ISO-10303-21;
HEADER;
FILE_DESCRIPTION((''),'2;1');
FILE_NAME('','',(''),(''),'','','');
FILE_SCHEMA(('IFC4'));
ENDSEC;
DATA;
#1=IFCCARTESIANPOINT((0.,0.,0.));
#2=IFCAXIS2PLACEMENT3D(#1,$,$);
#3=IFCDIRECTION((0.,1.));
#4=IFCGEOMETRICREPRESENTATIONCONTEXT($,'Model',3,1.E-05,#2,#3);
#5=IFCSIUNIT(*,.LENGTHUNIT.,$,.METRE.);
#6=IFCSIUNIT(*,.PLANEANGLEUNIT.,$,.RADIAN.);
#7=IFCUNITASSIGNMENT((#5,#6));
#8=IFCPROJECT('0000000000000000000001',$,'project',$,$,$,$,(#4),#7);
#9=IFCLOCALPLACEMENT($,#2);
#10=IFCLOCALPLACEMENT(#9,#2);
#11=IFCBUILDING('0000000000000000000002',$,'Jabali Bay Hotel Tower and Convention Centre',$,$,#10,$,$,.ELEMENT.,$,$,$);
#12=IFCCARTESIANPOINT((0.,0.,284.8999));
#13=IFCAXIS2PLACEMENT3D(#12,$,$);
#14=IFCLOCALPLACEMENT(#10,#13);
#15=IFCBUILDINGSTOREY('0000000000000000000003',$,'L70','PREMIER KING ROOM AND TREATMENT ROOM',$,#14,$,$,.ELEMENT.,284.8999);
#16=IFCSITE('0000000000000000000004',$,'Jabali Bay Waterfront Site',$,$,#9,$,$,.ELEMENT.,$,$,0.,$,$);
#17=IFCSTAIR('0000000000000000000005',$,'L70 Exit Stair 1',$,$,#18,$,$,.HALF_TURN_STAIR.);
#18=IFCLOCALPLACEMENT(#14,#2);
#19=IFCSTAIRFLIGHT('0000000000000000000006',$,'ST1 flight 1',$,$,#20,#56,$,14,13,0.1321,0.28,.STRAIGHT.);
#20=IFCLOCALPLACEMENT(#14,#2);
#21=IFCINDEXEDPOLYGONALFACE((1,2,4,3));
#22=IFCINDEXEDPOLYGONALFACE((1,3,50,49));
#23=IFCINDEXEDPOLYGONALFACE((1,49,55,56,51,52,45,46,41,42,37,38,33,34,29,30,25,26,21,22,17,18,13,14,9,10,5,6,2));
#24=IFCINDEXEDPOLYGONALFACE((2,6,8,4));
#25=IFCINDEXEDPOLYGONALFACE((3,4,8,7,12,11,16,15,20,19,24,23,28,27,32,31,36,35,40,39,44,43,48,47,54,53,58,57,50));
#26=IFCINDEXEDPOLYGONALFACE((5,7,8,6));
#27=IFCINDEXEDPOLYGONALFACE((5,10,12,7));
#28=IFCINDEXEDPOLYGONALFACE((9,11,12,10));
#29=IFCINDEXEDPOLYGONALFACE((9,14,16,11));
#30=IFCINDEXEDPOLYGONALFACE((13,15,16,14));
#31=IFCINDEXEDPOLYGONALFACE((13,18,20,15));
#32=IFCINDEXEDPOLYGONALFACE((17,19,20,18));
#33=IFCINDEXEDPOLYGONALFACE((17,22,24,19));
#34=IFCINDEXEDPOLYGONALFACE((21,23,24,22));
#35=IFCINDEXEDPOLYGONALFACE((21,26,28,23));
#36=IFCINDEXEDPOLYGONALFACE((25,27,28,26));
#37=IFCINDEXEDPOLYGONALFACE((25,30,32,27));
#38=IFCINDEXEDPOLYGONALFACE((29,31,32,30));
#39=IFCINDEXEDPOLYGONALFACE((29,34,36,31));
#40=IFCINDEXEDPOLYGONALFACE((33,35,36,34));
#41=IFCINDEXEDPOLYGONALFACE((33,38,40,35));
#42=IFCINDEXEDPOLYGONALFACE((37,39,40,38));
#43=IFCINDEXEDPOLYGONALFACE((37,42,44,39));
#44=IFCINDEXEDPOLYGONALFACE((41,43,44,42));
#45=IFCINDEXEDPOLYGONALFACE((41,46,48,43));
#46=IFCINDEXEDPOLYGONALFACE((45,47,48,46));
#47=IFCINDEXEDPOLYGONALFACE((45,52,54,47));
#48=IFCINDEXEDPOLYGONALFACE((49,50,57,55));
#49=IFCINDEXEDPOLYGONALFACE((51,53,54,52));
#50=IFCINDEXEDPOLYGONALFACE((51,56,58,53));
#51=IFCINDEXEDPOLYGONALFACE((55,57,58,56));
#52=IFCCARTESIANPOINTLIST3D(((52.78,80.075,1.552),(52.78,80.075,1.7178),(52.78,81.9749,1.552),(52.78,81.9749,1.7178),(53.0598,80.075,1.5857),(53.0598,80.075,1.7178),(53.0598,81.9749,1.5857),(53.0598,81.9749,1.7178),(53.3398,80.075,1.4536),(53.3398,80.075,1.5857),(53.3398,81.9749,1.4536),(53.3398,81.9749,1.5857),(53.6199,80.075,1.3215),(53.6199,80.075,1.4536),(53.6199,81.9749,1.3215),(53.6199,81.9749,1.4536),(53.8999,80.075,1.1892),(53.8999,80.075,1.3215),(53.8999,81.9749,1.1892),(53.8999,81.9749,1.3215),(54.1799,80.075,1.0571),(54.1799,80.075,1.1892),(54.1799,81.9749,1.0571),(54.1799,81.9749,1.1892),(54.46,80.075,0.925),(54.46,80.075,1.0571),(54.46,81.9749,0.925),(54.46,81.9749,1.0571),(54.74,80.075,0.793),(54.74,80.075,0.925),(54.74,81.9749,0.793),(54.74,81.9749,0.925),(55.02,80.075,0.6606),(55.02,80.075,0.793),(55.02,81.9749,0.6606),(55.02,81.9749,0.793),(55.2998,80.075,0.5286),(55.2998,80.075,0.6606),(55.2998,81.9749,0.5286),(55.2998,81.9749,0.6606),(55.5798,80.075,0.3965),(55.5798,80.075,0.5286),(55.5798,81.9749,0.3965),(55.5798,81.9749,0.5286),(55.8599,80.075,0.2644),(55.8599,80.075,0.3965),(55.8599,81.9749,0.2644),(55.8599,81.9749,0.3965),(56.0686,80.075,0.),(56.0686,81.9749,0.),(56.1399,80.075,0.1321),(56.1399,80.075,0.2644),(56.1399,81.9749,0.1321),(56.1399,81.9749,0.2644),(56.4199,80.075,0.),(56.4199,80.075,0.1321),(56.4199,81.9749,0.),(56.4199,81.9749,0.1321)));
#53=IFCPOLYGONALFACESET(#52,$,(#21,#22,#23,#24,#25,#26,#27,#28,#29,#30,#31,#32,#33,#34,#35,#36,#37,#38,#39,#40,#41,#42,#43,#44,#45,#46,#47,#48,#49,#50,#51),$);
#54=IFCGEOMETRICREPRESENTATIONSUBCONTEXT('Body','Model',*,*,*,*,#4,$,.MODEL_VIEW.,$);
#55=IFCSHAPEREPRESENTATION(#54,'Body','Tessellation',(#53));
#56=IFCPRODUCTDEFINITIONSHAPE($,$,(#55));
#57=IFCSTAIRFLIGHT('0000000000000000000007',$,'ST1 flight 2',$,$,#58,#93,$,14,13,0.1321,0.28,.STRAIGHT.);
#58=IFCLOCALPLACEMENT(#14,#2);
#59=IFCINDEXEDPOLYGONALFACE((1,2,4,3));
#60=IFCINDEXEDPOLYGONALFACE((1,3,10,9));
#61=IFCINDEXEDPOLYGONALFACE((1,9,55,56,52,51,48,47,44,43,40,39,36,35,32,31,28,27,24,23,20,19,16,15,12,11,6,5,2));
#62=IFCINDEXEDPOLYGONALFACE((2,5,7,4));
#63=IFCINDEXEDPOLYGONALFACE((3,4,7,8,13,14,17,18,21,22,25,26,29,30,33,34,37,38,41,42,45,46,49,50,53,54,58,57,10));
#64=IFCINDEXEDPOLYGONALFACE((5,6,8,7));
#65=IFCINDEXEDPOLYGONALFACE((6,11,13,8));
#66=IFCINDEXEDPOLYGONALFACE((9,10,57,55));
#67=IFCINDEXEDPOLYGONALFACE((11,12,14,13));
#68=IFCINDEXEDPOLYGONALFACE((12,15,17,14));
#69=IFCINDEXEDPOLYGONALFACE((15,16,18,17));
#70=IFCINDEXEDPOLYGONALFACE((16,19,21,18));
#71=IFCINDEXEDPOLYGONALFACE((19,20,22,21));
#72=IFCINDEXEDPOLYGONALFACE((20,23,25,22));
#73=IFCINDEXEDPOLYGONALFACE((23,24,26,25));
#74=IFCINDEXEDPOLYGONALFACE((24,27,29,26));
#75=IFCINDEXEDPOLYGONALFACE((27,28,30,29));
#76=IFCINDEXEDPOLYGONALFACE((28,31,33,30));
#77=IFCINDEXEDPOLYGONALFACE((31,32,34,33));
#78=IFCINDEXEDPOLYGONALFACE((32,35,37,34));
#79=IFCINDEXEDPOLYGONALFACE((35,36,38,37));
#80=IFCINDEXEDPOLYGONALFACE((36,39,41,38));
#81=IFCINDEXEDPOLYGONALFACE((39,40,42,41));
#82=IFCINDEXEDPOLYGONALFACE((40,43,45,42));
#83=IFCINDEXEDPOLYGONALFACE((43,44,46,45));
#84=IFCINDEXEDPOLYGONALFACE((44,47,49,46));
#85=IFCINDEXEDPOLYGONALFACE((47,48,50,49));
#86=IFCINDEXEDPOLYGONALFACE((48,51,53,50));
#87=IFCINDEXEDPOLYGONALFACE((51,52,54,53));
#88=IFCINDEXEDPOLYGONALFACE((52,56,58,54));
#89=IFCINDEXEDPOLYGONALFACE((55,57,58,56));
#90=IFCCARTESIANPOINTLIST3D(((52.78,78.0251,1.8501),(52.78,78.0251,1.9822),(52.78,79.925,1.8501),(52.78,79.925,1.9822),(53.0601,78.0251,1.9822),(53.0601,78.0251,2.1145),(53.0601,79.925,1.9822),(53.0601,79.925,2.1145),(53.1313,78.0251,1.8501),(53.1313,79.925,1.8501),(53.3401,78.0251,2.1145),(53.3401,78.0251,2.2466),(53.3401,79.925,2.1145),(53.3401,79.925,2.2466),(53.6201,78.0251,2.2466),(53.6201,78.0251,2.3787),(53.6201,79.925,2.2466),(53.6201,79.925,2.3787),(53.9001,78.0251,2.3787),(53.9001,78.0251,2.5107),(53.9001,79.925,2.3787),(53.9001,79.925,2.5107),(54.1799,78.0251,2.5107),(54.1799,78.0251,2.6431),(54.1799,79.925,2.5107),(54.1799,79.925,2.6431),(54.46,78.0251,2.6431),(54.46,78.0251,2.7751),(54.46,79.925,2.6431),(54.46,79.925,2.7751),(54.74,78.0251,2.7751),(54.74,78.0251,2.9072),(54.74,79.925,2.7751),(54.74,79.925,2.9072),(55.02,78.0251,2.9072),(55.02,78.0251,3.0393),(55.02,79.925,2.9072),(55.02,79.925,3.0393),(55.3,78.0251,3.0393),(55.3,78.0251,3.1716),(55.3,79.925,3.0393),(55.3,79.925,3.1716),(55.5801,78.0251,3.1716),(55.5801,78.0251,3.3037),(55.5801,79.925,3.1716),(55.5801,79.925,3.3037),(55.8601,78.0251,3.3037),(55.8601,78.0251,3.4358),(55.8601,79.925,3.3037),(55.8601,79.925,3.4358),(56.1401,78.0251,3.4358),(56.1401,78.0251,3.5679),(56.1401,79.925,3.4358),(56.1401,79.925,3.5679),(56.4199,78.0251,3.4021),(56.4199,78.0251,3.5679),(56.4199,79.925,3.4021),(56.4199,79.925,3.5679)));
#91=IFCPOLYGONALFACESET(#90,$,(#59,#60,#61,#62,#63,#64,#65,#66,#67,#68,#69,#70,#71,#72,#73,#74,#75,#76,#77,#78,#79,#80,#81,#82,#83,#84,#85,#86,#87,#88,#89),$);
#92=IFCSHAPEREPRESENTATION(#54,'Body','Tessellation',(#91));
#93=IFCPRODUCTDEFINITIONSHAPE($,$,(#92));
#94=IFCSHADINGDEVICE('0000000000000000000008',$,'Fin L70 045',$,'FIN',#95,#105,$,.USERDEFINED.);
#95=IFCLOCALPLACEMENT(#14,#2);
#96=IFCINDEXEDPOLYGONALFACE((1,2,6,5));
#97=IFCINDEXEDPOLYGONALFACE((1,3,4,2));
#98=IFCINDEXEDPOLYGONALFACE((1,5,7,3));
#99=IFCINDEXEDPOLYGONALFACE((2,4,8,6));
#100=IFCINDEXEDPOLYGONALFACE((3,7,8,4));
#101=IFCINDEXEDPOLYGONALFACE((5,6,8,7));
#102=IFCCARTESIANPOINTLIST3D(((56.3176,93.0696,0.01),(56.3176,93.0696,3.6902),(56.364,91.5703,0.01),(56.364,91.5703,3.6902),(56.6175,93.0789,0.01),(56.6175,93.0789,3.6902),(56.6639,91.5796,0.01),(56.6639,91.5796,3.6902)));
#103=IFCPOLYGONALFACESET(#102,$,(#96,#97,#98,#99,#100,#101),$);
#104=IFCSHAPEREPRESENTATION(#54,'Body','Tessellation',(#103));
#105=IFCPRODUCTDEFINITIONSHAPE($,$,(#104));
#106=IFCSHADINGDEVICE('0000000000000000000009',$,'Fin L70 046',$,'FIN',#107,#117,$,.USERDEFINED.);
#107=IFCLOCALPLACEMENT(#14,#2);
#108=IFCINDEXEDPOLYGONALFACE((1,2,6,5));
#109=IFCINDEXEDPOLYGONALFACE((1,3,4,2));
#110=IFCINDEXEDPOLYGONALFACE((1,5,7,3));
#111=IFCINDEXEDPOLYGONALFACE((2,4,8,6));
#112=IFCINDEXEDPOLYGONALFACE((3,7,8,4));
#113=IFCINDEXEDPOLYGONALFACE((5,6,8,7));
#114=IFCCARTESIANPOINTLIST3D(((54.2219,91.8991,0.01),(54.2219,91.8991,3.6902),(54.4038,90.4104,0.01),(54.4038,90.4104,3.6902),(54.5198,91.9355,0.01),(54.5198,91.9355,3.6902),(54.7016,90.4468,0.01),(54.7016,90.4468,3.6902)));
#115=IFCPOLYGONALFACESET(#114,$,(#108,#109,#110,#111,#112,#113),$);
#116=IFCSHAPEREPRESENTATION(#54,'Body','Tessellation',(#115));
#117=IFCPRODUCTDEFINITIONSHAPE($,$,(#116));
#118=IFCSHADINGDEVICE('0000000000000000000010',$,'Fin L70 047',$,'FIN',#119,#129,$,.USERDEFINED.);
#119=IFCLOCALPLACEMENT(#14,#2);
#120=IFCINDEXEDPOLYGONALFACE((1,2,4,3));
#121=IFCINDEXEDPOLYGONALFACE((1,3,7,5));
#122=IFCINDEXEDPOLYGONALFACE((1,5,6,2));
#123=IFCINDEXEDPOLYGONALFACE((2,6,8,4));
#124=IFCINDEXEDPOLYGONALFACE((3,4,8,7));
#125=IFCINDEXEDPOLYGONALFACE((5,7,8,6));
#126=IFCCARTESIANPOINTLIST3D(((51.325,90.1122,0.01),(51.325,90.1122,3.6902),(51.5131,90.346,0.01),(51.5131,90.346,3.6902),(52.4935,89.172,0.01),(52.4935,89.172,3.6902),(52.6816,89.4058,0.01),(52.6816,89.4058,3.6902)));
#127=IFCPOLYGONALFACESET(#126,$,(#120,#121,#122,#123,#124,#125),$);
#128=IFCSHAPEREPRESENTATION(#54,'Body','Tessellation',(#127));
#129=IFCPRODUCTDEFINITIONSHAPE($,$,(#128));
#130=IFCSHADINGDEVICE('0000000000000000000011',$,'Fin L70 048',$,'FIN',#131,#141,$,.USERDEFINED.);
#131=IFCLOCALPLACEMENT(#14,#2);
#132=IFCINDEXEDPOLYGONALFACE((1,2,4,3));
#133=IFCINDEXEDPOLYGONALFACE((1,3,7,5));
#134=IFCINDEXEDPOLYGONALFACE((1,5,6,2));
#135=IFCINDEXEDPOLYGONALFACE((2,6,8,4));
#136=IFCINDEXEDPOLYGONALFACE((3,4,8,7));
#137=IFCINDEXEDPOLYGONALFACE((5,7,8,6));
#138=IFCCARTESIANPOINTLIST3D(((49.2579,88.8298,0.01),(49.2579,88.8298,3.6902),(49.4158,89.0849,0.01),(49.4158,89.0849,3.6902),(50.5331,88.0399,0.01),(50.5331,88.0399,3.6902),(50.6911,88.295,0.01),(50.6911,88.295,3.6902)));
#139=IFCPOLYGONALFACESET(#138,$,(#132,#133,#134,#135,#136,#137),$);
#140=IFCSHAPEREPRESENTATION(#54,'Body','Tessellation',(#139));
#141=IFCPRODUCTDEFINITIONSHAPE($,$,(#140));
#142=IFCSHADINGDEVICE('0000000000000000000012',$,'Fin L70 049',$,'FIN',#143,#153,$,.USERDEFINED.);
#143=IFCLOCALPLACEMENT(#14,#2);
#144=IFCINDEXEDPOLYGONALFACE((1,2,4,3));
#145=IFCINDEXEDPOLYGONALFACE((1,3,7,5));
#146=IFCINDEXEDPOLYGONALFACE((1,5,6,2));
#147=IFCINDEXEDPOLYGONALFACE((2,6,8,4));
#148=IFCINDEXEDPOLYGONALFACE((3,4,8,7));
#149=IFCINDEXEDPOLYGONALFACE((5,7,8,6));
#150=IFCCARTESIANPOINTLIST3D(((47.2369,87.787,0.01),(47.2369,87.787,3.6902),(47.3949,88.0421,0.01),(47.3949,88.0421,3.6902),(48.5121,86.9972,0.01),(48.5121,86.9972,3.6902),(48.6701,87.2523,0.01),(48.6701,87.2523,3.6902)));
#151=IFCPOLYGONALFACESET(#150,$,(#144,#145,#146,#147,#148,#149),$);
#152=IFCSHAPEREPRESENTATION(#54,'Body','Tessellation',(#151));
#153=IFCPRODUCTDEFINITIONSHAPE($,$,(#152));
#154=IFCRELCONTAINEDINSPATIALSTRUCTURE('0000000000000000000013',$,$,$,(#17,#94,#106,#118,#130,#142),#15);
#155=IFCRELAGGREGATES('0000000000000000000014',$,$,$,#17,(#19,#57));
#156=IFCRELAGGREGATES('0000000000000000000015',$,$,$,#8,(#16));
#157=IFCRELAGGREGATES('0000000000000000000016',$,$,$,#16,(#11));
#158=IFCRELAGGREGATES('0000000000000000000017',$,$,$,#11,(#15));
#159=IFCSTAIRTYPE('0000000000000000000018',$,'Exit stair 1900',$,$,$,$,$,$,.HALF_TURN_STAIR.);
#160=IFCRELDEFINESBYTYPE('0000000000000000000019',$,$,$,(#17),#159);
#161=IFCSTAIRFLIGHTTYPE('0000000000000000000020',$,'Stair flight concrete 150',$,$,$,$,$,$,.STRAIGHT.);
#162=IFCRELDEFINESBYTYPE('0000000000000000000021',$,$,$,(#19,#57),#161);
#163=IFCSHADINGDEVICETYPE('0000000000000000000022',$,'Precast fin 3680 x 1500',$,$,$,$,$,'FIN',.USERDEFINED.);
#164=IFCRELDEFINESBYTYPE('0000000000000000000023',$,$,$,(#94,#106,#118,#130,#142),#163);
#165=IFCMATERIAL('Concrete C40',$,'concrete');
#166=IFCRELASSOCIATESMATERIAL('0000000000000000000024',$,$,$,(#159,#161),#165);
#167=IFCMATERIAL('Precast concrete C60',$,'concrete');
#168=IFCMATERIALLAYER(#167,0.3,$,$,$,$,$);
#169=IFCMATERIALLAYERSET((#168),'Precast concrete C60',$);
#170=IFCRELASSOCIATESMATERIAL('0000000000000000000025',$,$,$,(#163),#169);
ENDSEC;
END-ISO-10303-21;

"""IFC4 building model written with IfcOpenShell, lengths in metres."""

from ifc_helpers import new_model, si_unit, direction, frame, frame_2d, origin, place, context, subcontext, project, spatial, polyline, rectangle, outline, extrude, material, layer, layer_set, type_object, element, aggregate, save


model = new_model("IFC4")

# Units and contexts
model_context = context("Model", 3, precision=1e-05, world=origin(), true_north=direction((0.0, 1.0)))
body_context = subcontext(model_context, "Body", "Model", "MODEL_VIEW")
ifc_project = project(units=[si_unit("LENGTHUNIT", "METRE"), si_unit("PLANEANGLEUNIT", "RADIAN")], contexts=[model_context])

# Site, building, storey
site_placement = place(None, origin())
site = spatial("IfcSite", under=ifc_project, at=site_placement, Name="Jabali Bay Waterfront Site", CompositionType="ELEMENT", RefElevation=0.0)
building_placement = place(site_placement, origin())
building = spatial("IfcBuilding", under=site, at=building_placement, Name="Jabali Bay Hotel Tower and Convention Centre", CompositionType="ELEMENT")
storey_placement = place(building_placement, frame((0.0, 0.0, 284.8999)))
storey = spatial("IfcBuildingStorey", under=building, at=storey_placement, Name="L70", Description="PREMIER KING ROOM AND TREATMENT ROOM", CompositionType="ELEMENT", Elevation=284.8999)

# Shared definitions
ifc_material_1 = material(Name="Concrete C40", Category="concrete")

# Stair, stair flights
stair_type = type_object("IfcStairType", Name="Exit stair 1900", PredefinedType="HALF_TURN_STAIR", material=ifc_material_1)
stair_placement = place(storey_placement, origin())
stair = element("IfcStair", 1, at=stair_placement, inside=storey, type_object=stair_type, Name="L70 Exit Stair 1", PredefinedType="HALF_TURN_STAIR")
stair_flight_type = type_object("IfcStairFlightType", Name="Stair flight concrete 150", PredefinedType="STRAIGHT", material=ifc_material_1)
stair_flight_1_placement = place(storey_placement, frame((56.4199, 81.0249, 0.0), z_axis=(0.0, 0.0, 1.0), x_axis=(-1.0, 0.0, 0.0)))
stair_flight_1 = element("IfcStairFlight", 2, at=stair_flight_1_placement, type_object=stair_flight_type, Name="ST1 flight 1", NumberOfRisers=14, NumberOfTreads=13, PredefinedType="STRAIGHT", RiserHeight=0.1321, TreadLength=0.28, context=body_context, shape_type="SweptSolid", body=[
    extrude(outline(polyline([(0.0, 0.0), (0.0, 0.1321), (0.28, 0.1321), (0.28, 0.2644), (0.5601, 0.2644), (0.5601, 0.3965), (0.8401, 0.3965), (0.8401, 0.5286), (1.1201, 0.5286), (1.1201, 0.6606), (1.3999, 0.6606), (1.3999, 0.793), (1.6799, 0.793), (1.6799, 0.925), (1.96, 0.925), (1.96, 1.0571), (2.24, 1.0571), (2.24, 1.1892), (2.52, 1.1892), (2.52, 1.3215), (2.8, 1.3215), (2.8, 1.4536), (3.0801, 1.4536), (3.0801, 1.5857), (3.3601, 1.5857), (3.3601, 1.7178), (3.6399, 1.7178), (3.6399, 1.8501), (3.6399, 1.552), (0.3513, 0.0), (0.0, 0.0)])), frame((0.0, 0.95, 0.0), z_axis=(0.0, -1.0, 0.0), x_axis=(1.0, 0.0, 0.0)), (0.0, 0.0, 1.0), 1.8999),
])
stair_flight_2_placement = place(storey_placement, frame((52.78, 78.9751, 1.8501), z_axis=(0.0, 0.0, 1.0), x_axis=(1.0, 0.0, 0.0)))
stair_flight_2 = element("IfcStairFlight", 3, at=stair_flight_2_placement, type_object=stair_flight_type, Name="ST1 flight 2", NumberOfRisers=14, NumberOfTreads=13, PredefinedType="STRAIGHT", RiserHeight=0.1321, TreadLength=0.28, context=body_context, shape_type="SweptSolid", body=[
    extrude(outline(polyline([(0.0, 0.0), (0.0, 0.1321), (0.28, 0.1321), (0.28, 0.2644), (0.5601, 0.2644), (0.5601, 0.3965), (0.8401, 0.3965), (0.8401, 0.5286), (1.1201, 0.5286), (1.1201, 0.6606), (1.3999, 0.6606), (1.3999, 0.793), (1.6799, 0.793), (1.6799, 0.925), (1.96, 0.925), (1.96, 1.0571), (2.24, 1.0571), (2.24, 1.1892), (2.52, 1.1892), (2.52, 1.3215), (2.8, 1.3215), (2.8, 1.4536), (3.0801, 1.4536), (3.0801, 1.5857), (3.3601, 1.5857), (3.3601, 1.7178), (3.6399, 1.7178), (3.6399, 1.8501), (3.6399, 1.552), (0.3513, 0.0), (0.0, 0.0)])), frame((0.0, 0.95, 0.0), z_axis=(0.0, -1.0, 0.0), x_axis=(1.0, 0.0, 0.0)), (0.0, 0.0, 1.0), 1.8999),
])
aggregate(stair, [stair_flight_1, stair_flight_2])

# Shading devices
ifc_material_2 = material(Name="Precast concrete C60", Category="concrete")
ifc_layer_1 = layer(ifc_material_2, 0.3)
ifc_layer_set_1 = layer_set([ifc_layer_1], Name="Precast concrete C60")
shading_device_type = type_object("IfcShadingDeviceType", Name="Precast fin 3680 x 1500", ElementType="FIN", PredefinedType="USERDEFINED", material=ifc_layer_set_1)
shading_device_placement = place(storey_placement, frame((56.5139, 91.575, 0.01), z_axis=(0.0, 0.0, 1.0), x_axis=(-0.030925, 0.999522, 0.0)))
element("IfcShadingDevice", 4, at=shading_device_placement, inside=storey, type_object=shading_device_type, Name="Fin L70 045", ObjectType="FIN", PredefinedType="USERDEFINED", context=body_context, shape_type="SweptSolid", body=[
    extrude(rectangle(XDim=1.5, YDim=0.3, at=frame_2d((0.75, 0.0))), origin(), (0.0, 0.0, 1.0), 3.6802),
])
for number, where, z_axis, x_axis, name in (
    (5, (54.5527, 90.4285, 0.01), (0.0, 0.0, 1.0), (-0.12127, 0.99262, 0.0), "Fin L70 046"),
    (6, (52.5876, 89.2888, 0.01), (0.0, 0.0, 1.0), (-0.779103, 0.626896, 0.0), "Fin L70 047"),
):
    element("IfcShadingDevice", number, at=place(storey_placement, frame(where, z_axis=z_axis, x_axis=x_axis)), inside=storey, type_object=shading_device_type, Name=name, ObjectType="FIN", PredefinedType="USERDEFINED", context=body_context, shape_type="SweptSolid", body=[
        extrude(rectangle(XDim=1.4998, YDim=0.3, at=frame_2d((0.75, 0.0))), origin(), (0.0, 0.0, 1.0), 3.6802),
    ])
for number, where, z_axis, x_axis, name in (
    (7, (50.6121, 88.1675, 0.01), (0.0, 0.0, 1.0), (-0.85014, 0.526556, 0.0), "Fin L70 048"),
    (8, (48.5911, 87.1248, 0.01), (0.0, 0.0, 1.0), (-0.85014, 0.526556, 0.0), "Fin L70 049"),
):
    element("IfcShadingDevice", number, at=place(storey_placement, frame(where, z_axis=z_axis, x_axis=x_axis)), inside=storey, type_object=shading_device_type, Name=name, ObjectType="FIN", PredefinedType="USERDEFINED", context=body_context, shape_type="SweptSolid", body=[
        extrude(rectangle(XDim=1.5, YDim=0.3, at=frame_2d((0.75, 0.0))), origin(), (0.0, 0.0, 1.0), 3.6802),
    ])

save(model, "model.ifc")
